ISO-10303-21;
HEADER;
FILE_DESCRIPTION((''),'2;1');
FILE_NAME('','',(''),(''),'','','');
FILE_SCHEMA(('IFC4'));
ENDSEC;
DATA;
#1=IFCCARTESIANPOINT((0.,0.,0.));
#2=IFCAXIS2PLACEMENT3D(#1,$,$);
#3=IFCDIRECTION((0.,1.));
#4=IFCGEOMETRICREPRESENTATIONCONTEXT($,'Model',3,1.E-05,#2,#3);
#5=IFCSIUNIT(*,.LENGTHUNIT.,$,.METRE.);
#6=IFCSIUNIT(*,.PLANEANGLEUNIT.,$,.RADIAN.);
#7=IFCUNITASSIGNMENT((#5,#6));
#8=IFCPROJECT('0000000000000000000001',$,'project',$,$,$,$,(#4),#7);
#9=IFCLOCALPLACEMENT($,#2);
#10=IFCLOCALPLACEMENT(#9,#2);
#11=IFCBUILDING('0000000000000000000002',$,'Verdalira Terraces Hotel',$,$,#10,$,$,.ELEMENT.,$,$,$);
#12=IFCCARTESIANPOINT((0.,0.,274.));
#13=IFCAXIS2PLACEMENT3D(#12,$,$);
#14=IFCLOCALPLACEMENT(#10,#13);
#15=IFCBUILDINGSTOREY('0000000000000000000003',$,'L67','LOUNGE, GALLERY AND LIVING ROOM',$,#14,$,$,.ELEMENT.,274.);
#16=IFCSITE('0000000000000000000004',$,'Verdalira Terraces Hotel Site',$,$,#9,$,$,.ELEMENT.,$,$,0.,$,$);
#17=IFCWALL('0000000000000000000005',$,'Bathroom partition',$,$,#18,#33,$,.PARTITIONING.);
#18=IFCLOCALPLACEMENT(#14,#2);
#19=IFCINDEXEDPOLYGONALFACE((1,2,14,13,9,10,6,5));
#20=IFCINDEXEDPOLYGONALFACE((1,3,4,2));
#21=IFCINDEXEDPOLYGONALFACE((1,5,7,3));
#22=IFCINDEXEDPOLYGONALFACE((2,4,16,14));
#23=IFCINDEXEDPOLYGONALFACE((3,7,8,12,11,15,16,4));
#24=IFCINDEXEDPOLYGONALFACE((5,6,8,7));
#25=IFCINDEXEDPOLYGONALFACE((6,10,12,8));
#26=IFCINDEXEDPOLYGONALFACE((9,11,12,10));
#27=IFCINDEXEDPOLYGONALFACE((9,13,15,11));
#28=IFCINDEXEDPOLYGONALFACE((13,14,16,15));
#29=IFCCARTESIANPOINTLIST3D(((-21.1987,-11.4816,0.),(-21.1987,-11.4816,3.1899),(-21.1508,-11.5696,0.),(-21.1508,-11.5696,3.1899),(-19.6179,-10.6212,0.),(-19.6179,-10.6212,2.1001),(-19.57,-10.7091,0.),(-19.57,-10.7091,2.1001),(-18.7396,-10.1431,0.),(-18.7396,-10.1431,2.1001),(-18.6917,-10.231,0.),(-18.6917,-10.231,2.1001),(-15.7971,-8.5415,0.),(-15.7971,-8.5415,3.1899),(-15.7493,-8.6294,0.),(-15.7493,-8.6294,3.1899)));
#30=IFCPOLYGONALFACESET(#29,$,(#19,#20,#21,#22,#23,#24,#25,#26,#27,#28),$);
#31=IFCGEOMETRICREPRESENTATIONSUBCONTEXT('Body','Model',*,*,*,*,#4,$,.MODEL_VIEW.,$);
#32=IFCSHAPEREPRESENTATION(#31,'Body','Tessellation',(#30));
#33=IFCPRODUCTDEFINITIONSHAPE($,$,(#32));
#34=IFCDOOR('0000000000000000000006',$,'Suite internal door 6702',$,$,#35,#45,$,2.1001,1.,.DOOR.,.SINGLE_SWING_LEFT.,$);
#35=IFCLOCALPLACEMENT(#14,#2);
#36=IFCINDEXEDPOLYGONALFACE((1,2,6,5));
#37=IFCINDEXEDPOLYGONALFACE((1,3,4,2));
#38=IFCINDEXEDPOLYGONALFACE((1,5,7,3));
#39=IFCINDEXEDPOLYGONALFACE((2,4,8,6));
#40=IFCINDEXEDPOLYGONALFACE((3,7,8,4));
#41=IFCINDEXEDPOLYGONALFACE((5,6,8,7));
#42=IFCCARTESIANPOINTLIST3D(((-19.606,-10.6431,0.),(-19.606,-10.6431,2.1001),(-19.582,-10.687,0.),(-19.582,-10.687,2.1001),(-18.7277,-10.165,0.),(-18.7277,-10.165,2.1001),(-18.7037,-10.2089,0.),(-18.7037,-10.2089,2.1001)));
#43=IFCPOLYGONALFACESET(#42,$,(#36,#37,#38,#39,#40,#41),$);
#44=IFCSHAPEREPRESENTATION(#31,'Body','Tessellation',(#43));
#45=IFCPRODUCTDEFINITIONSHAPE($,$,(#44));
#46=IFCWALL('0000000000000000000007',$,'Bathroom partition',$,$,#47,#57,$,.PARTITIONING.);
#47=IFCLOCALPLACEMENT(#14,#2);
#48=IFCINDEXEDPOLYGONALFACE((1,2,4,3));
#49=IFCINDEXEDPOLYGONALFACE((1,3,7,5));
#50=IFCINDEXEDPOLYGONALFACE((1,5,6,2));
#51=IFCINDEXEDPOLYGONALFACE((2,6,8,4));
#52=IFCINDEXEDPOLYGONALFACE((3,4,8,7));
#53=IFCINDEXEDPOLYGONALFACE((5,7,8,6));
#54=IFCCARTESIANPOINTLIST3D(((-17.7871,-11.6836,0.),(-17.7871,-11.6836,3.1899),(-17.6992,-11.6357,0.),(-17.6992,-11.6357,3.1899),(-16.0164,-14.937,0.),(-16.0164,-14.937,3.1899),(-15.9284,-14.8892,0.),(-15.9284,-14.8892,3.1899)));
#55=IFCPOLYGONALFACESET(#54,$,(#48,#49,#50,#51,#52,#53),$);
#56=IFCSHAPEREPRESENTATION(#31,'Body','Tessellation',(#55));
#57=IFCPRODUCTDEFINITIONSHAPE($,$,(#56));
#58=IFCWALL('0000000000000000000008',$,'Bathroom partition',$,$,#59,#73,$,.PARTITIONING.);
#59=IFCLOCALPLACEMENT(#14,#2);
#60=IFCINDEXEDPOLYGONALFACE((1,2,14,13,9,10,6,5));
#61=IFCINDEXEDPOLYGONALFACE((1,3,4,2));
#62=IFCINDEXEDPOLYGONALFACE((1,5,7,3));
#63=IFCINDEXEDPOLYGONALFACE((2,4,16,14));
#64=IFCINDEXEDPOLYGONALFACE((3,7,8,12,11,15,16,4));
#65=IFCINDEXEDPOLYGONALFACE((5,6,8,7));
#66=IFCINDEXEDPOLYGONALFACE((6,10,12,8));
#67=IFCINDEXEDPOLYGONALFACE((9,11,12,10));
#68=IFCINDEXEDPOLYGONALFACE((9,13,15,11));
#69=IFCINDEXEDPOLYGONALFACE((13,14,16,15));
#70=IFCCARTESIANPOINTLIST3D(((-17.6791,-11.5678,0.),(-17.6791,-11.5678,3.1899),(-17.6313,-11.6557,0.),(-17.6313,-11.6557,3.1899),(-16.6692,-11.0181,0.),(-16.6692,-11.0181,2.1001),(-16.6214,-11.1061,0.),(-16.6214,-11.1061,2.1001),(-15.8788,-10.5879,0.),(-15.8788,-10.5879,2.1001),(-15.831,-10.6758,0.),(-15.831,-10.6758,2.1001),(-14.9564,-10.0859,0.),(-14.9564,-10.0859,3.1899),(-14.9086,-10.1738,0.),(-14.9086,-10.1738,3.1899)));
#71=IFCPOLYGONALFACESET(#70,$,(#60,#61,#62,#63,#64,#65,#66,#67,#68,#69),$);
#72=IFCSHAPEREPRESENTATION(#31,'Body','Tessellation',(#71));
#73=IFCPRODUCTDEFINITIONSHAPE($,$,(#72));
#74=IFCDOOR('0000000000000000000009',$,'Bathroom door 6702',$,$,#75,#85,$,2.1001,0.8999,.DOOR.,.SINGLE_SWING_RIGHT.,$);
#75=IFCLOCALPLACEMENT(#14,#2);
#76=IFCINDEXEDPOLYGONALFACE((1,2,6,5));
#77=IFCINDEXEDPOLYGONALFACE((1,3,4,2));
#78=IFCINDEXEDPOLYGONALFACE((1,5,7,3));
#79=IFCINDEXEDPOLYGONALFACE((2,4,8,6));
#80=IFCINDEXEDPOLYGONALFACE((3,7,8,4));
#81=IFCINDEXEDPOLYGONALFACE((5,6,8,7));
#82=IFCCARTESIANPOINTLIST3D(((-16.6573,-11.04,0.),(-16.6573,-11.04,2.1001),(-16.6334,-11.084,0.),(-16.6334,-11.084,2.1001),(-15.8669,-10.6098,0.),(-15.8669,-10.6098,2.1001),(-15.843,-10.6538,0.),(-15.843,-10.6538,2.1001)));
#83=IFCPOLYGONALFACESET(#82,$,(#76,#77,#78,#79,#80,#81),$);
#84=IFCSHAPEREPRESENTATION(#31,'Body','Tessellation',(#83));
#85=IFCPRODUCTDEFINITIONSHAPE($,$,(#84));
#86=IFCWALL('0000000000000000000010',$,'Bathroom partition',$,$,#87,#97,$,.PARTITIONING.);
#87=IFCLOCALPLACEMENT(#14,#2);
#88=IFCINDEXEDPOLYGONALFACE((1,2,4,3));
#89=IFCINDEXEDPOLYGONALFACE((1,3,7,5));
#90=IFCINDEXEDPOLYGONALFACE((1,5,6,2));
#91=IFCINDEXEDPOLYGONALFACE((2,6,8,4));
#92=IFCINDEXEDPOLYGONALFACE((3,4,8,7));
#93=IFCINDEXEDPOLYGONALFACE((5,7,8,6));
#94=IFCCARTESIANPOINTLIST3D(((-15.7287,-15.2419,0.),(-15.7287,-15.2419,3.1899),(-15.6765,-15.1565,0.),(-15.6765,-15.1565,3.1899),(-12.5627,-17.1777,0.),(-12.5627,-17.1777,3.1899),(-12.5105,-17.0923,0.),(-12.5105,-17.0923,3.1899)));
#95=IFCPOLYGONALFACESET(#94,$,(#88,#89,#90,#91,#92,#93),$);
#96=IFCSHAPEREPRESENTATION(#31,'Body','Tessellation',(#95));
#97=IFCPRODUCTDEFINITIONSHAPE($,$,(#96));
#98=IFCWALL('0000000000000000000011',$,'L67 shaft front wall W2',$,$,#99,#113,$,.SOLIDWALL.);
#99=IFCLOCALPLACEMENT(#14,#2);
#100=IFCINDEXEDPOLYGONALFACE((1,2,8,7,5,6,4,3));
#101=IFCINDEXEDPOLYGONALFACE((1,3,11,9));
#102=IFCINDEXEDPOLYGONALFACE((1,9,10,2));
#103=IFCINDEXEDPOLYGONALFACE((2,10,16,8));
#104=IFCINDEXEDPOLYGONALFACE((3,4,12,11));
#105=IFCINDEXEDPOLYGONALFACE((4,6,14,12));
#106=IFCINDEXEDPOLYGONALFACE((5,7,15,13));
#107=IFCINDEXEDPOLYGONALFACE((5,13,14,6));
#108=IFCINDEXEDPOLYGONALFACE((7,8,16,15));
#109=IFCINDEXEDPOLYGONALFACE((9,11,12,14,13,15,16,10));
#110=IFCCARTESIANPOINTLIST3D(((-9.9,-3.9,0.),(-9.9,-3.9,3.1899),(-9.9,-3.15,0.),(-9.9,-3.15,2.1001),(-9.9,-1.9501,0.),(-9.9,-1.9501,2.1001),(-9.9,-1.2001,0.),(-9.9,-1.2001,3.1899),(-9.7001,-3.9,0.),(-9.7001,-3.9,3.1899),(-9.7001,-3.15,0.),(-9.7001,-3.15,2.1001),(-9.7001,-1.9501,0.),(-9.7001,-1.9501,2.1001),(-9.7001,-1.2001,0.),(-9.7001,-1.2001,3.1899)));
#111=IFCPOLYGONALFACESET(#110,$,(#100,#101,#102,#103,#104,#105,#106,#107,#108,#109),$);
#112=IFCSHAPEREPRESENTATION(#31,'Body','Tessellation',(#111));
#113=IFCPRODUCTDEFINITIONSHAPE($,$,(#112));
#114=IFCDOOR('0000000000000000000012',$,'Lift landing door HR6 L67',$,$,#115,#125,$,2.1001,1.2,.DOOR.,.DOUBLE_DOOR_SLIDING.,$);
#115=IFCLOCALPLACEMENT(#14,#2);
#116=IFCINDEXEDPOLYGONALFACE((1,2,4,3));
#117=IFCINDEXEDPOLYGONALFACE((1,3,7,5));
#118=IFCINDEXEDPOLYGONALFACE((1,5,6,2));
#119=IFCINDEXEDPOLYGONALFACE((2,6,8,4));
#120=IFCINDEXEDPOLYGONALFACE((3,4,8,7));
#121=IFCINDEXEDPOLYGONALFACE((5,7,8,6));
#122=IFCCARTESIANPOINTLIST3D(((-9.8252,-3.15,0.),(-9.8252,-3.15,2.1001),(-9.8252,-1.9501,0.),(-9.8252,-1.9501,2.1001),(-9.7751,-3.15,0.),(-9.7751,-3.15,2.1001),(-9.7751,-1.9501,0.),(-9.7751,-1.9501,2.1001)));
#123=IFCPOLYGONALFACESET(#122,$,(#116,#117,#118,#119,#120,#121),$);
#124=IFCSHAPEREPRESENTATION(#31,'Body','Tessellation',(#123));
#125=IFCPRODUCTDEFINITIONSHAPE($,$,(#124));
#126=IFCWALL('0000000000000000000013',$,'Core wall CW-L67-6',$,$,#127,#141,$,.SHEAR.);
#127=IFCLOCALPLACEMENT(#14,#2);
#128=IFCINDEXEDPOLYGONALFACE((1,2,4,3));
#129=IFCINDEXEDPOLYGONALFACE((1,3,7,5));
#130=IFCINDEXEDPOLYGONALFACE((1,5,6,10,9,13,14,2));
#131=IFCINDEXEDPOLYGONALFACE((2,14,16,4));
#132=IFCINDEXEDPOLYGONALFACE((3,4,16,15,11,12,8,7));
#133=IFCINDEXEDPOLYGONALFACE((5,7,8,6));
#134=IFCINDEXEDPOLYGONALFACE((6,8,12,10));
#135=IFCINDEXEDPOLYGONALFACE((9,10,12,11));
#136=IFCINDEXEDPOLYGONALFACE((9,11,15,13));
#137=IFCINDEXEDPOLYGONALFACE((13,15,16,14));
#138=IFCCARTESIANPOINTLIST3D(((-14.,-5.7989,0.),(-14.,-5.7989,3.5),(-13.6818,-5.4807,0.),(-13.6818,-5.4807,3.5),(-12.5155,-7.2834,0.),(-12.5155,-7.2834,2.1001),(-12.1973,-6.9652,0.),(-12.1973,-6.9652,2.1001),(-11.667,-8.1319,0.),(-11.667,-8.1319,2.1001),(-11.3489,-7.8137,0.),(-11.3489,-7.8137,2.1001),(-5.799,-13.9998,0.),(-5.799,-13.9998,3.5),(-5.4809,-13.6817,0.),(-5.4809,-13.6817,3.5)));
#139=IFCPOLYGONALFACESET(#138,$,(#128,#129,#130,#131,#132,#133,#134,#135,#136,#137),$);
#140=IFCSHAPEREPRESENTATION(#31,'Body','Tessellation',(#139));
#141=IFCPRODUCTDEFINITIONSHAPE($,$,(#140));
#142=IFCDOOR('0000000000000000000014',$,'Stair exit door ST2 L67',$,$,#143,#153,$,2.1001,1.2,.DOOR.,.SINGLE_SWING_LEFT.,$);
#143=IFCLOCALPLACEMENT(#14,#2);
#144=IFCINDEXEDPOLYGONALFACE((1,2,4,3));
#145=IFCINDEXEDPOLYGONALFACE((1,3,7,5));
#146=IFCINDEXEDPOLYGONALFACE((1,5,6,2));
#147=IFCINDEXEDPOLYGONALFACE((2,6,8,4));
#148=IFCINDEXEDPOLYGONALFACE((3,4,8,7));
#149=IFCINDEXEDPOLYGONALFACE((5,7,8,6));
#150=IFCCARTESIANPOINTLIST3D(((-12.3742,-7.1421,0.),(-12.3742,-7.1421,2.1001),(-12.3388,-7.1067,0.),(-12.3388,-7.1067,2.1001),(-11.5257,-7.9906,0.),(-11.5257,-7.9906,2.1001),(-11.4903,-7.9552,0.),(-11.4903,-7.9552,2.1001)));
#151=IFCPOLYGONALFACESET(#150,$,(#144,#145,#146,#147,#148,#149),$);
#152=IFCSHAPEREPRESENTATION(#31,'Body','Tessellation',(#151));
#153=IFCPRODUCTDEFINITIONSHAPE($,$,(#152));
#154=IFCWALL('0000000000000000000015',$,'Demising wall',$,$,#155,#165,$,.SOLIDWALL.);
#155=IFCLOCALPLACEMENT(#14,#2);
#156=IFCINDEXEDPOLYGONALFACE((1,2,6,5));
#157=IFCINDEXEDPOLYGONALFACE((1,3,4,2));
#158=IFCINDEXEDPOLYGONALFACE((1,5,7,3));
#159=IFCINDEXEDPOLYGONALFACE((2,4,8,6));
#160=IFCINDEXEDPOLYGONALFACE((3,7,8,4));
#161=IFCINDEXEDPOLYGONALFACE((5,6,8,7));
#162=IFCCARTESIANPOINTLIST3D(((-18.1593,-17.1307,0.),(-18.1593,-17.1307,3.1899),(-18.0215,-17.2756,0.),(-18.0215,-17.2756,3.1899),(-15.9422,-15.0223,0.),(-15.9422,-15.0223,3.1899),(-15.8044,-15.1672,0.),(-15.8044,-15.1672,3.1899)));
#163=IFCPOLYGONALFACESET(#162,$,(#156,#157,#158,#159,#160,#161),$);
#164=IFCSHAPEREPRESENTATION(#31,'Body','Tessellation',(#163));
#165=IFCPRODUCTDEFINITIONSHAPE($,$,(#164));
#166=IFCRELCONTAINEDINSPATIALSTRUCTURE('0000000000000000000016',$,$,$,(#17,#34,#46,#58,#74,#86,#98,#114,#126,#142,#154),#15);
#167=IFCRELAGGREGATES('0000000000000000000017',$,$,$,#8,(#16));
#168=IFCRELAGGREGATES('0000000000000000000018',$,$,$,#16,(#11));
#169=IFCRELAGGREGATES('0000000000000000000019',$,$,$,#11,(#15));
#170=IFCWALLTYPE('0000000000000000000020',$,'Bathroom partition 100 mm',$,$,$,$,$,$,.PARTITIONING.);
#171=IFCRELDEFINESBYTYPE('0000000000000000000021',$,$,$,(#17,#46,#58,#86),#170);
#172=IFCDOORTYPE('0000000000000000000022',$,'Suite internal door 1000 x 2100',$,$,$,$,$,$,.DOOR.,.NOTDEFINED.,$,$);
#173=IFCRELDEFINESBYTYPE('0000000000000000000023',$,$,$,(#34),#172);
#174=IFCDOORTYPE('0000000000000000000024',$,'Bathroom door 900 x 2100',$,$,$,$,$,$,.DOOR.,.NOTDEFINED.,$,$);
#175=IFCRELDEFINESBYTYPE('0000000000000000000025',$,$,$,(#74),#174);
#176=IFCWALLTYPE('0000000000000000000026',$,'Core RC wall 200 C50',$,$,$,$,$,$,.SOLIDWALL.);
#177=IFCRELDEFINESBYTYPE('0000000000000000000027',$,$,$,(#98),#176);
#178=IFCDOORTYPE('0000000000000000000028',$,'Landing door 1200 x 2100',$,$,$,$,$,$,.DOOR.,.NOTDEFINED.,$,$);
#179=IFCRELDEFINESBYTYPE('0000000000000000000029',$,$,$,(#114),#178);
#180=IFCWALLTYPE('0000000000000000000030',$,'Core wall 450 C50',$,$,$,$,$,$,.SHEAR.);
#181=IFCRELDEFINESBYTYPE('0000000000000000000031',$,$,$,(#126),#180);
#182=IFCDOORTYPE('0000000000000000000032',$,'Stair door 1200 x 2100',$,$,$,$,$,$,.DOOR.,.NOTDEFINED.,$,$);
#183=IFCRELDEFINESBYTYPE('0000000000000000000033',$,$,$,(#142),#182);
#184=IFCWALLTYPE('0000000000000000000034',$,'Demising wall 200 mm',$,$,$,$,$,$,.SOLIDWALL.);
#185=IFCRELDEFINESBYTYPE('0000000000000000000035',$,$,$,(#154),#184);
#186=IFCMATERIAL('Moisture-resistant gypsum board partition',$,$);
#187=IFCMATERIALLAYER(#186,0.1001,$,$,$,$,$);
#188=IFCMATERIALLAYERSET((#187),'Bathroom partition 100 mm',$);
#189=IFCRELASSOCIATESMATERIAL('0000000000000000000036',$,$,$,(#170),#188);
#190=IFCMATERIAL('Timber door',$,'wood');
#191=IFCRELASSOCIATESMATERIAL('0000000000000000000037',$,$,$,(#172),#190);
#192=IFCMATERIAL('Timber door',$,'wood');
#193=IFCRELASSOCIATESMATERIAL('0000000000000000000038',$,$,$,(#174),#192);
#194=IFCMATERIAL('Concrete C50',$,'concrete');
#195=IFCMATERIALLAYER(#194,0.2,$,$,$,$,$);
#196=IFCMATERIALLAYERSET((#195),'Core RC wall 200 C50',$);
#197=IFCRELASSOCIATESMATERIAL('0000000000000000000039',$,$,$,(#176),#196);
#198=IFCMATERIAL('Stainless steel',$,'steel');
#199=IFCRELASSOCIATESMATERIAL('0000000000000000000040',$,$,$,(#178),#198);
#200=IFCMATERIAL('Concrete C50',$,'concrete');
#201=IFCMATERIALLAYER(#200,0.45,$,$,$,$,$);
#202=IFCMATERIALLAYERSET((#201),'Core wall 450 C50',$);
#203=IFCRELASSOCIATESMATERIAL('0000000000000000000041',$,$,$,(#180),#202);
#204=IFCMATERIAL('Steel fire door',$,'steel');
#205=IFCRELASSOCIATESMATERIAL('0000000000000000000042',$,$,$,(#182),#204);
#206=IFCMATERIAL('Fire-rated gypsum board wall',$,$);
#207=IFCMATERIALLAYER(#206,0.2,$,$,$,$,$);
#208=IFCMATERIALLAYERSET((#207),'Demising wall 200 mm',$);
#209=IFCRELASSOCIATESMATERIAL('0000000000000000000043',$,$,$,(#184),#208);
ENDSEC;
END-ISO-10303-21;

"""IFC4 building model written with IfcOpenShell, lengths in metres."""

from ifc_helpers import new_model, si_unit, direction, frame, frame_2d, origin, place, context, subcontext, project, spatial, rectangle, extrude, material, layer, layer_set, type_object, element, fill, save


model = new_model("IFC4")

# Units and contexts
model_context = context("Model", 3, precision=1e-05, world=origin(), true_north=direction((0.0, 1.0)))
body_context = subcontext(model_context, "Body", "Model", "MODEL_VIEW")
ifc_project = project(units=[si_unit("LENGTHUNIT", "METRE"), si_unit("PLANEANGLEUNIT", "RADIAN")], contexts=[model_context])

# Site, building, storey
site_placement = place(None, origin())
site = spatial("IfcSite", under=ifc_project, at=site_placement, Name="Verdalira Terraces Hotel Site", CompositionType="ELEMENT", RefElevation=0.0)
building_placement = place(site_placement, origin())
building = spatial("IfcBuilding", under=site, at=building_placement, Name="Verdalira Terraces Hotel", CompositionType="ELEMENT")
storey_placement = place(building_placement, frame((0.0, 0.0, 274.0)))
storey = spatial("IfcBuildingStorey", under=building, at=storey_placement, Name="L67", Description="LOUNGE, GALLERY AND LIVING ROOM", CompositionType="ELEMENT", Elevation=274.0)

# Wall, opening, door
ifc_material_1 = material(Name="Moisture-resistant gypsum board partition")
ifc_layer_1 = layer(ifc_material_1, 0.1001)
ifc_layer_set_1 = layer_set([ifc_layer_1], Name="Bathroom partition 100 mm")
wall_type_1 = type_object("IfcWallType", Name="Bathroom partition 100 mm", PredefinedType="PARTITIONING", material=ifc_layer_set_1)
wall_1_placement = place(storey_placement, frame((-15.7732, -8.5854, 0.0), z_axis=(0.0, 0.0, 1.0), x_axis=(-0.878315, -0.478082, 0.0)))
wall_1 = element("IfcWall", 1, at=wall_1_placement, inside=storey, type_object=wall_type_1, Name="Bathroom partition", PredefinedType="PARTITIONING", context=body_context, shape_type="SweptSolid", body=[
    extrude(rectangle(XDim=6.1499, YDim=0.1001, at=frame_2d((3.075, 0.0))), origin(), (0.0, 0.0, 1.0), 3.1899),
])
opening_1_placement = place(wall_1_placement, frame((3.3501, 0.0, 0.0)))
opening_1 = element("IfcOpeningElement", 2, at=opening_1_placement, cuts=wall_1, PredefinedType="OPENING", context=body_context, shape_type="SweptSolid", body=[
    extrude(rectangle(XDim=1.0, YDim=2.1001, at=frame_2d((0.5, 1.05))), frame((0.0, 0.0601, 0.0), z_axis=(0.0, -1.0, 0.0), x_axis=(1.0, 0.0, 0.0)), (0.0, 0.0, 1.0), 0.1201),
])
ifc_material_2 = material(Name="Timber door", Category="wood")
door_type_1 = type_object("IfcDoorType", Name="Suite internal door 1000 x 2100", OperationType="NOTDEFINED", PredefinedType="DOOR", material=ifc_material_2)
door_1_placement = place(opening_1_placement, origin())
door_1 = element("IfcDoor", 3, at=door_1_placement, inside=storey, type_object=door_type_1, Name="Suite internal door 6702", OperationType="SINGLE_SWING_LEFT", OverallHeight=2.1001, OverallWidth=1.0, PredefinedType="DOOR", context=body_context, shape_type="SweptSolid", body=[
    extrude(rectangle(XDim=1.0, YDim=2.1001, at=frame_2d((0.5, 1.05))), frame((0.0, 0.0249, 0.0), z_axis=(0.0, -1.0, 0.0), x_axis=(1.0, 0.0, 0.0)), (0.0, 0.0, 1.0), 0.05),
])
fill(opening_1, door_1)

# Wall
wall_2_placement = place(storey_placement, frame((-17.7432, -11.6597, 0.0), z_axis=(0.0, 0.0, 1.0), x_axis=(0.478053, -0.878331, 0.0)))
element("IfcWall", 4, at=wall_2_placement, inside=storey, type_object=wall_type_1, Name="Bathroom partition", PredefinedType="PARTITIONING", context=body_context, shape_type="SweptSolid", body=[
    extrude(rectangle(XDim=3.7041, YDim=0.1001, at=frame_2d((1.8521, 0.0))), origin(), (0.0, 0.0, 1.0), 3.1899),
])

# Wall, opening, door
wall_3_placement = place(storey_placement, frame((-14.9326, -10.1299, 0.0), z_axis=(0.0, 0.0, 1.0), x_axis=(-0.878323, -0.478068, 0.0)))
wall_3 = element("IfcWall", 5, at=wall_3_placement, inside=storey, type_object=wall_type_1, Name="Bathroom partition", PredefinedType="PARTITIONING", context=body_context, shape_type="SweptSolid", body=[
    extrude(rectangle(XDim=3.0999, YDim=0.1001, at=frame_2d((1.5498, 0.0))), origin(), (0.0, 0.0, 1.0), 3.1899),
])
opening_2_placement = place(wall_3_placement, frame((1.05, 0.0, 0.0)))
opening_2 = element("IfcOpeningElement", 6, at=opening_2_placement, cuts=wall_3, PredefinedType="OPENING", context=body_context, shape_type="SweptSolid", body=[
    extrude(rectangle(XDim=0.8999, YDim=2.1001, at=frame_2d((0.45, 1.05))), frame((0.0, 0.0601, 0.0), z_axis=(0.0, -1.0, 0.0), x_axis=(1.0, 0.0, 0.0)), (0.0, 0.0, 1.0), 0.1201),
])
ifc_material_3 = material(Name="Timber door", Category="wood")
door_type_2 = type_object("IfcDoorType", Name="Bathroom door 900 x 2100", OperationType="NOTDEFINED", PredefinedType="DOOR", material=ifc_material_3)
door_2_placement = place(opening_2_placement, origin())
door_2 = element("IfcDoor", 7, at=door_2_placement, inside=storey, type_object=door_type_2, Name="Bathroom door 6702", OperationType="SINGLE_SWING_RIGHT", OverallHeight=2.1001, OverallWidth=0.8999, PredefinedType="DOOR", context=body_context, shape_type="SweptSolid", body=[
    extrude(rectangle(XDim=0.8999, YDim=2.1001, at=frame_2d((0.45, 1.05))), frame((0.0, 0.0249, 0.0), z_axis=(0.0, -1.0, 0.0), x_axis=(1.0, 0.0, 0.0)), (0.0, 0.0, 1.0), 0.05),
])
fill(opening_2, door_2)

# Wall
wall_4_placement = place(storey_placement, frame((-15.7026, -15.1992, 0.0), z_axis=(0.0, 0.0, 1.0), x_axis=(0.853161, -0.521647, 0.0)))
element("IfcWall", 8, at=wall_4_placement, inside=storey, type_object=wall_type_1, Name="Bathroom partition", PredefinedType="PARTITIONING", context=body_context, shape_type="SweptSolid", body=[
    extrude(rectangle(XDim=3.7109, YDim=0.1001, at=frame_2d((1.8555, 0.0))), origin(), (0.0, 0.0, 1.0), 3.1899),
])

# Walls, openings, doors
ifc_material_4 = material(Name="Concrete C50", Category="concrete")
ifc_layer_2 = layer(ifc_material_4, 0.2)
ifc_layer_set_2 = layer_set([ifc_layer_2], Name="Core RC wall 200 C50")
wall_type_2 = type_object("IfcWallType", Name="Core RC wall 200 C50", PredefinedType="SOLIDWALL", material=ifc_layer_set_2)
wall_5_placement = place(storey_placement, frame((-9.8, -1.2, 0.0), z_axis=(0.0, 0.0, 1.0), x_axis=(0.0, -1.0, 0.0)))
wall_5 = element("IfcWall", 9, at=wall_5_placement, inside=storey, type_object=wall_type_2, Name="L67 shaft front wall W2", PredefinedType="SOLIDWALL", context=body_context, shape_type="SweptSolid", body=[
    extrude(rectangle(XDim=2.7, YDim=0.2, at=frame_2d((1.3501, 0.0))), origin(), (0.0, 0.0, 1.0), 3.1899),
])
opening_3_placement = place(wall_5_placement, frame((0.75, 0.0, 0.0)))
opening_3 = element("IfcOpeningElement", 10, at=opening_3_placement, cuts=wall_5, PredefinedType="OPENING", context=body_context, shape_type="SweptSolid", body=[
    extrude(rectangle(XDim=1.2, YDim=2.1001, at=frame_2d((0.6001, 1.05))), frame((0.0, 0.1099, 0.0), z_axis=(0.0, -1.0, 0.0), x_axis=(1.0, 0.0, 0.0)), (0.0, 0.0, 1.0), 0.22),
])
ifc_material_5 = material(Name="Stainless steel", Category="steel")
door_type_3 = type_object("IfcDoorType", Name="Landing door 1200 x 2100", OperationType="NOTDEFINED", PredefinedType="DOOR", material=ifc_material_5)
door_3_placement = place(opening_3_placement, origin())
door_3 = element("IfcDoor", 11, at=door_3_placement, inside=storey, type_object=door_type_3, Name="Lift landing door HR6 L67", OperationType="DOUBLE_DOOR_SLIDING", OverallHeight=2.1001, OverallWidth=1.2, PredefinedType="DOOR", context=body_context, shape_type="SweptSolid", body=[
    extrude(rectangle(XDim=1.2, YDim=2.1001, at=frame_2d((0.6001, 1.05))), frame((0.0, 0.0249, 0.0), z_axis=(0.0, -1.0, 0.0), x_axis=(1.0, 0.0, 0.0)), (0.0, 0.0, 1.0), 0.05),
])
fill(opening_3, door_3)
ifc_material_6 = material(Name="Concrete C50", Category="concrete")
ifc_layer_3 = layer(ifc_material_6, 0.45)
ifc_layer_set_3 = layer_set([ifc_layer_3], Name="Core wall 450 C50")
wall_type_3 = type_object("IfcWallType", Name="Core wall 450 C50", PredefinedType="SHEAR", material=ifc_layer_set_3)
wall_6_placement = place(storey_placement, frame((-13.8408, -5.6399, 0.0), z_axis=(0.0, 0.0, 1.0), x_axis=(0.707107, -0.707107, 0.0)))
wall_6 = element("IfcWall", 12, at=wall_6_placement, inside=storey, type_object=wall_type_3, Name="Core wall CW-L67-6", PredefinedType="SHEAR", context=body_context, shape_type="SweptSolid", body=[
    extrude(rectangle(XDim=11.5979, YDim=0.45, at=frame_2d((5.7988, 0.0))), origin(), (0.0, 0.0, 1.0), 3.5),
])
opening_4_placement = place(wall_6_placement, frame((2.0991, 0.0, 0.0)))
opening_4 = element("IfcOpeningElement", 13, at=opening_4_placement, cuts=wall_6, PredefinedType="OPENING", context=body_context, shape_type="SweptSolid", body=[
    extrude(rectangle(XDim=1.2, YDim=2.1001, at=frame_2d((0.6001, 1.05))), frame((0.0, 0.2349, 0.0), z_axis=(0.0, -1.0, 0.0), x_axis=(1.0, 0.0, 0.0)), (0.0, 0.0, 1.0), 0.47),
])
ifc_material_7 = material(Name="Steel fire door", Category="steel")
door_type_4 = type_object("IfcDoorType", Name="Stair door 1200 x 2100", OperationType="NOTDEFINED", PredefinedType="DOOR", material=ifc_material_7)
door_4_placement = place(opening_4_placement, origin())
door_4 = element("IfcDoor", 14, at=door_4_placement, inside=storey, type_object=door_type_4, Name="Stair exit door ST2 L67", OperationType="SINGLE_SWING_LEFT", OverallHeight=2.1001, OverallWidth=1.2, PredefinedType="DOOR", context=body_context, shape_type="SweptSolid", body=[
    extrude(rectangle(XDim=1.2, YDim=2.1001, at=frame_2d((0.6001, 1.05))), frame((0.0, 0.0249, 0.0), z_axis=(0.0, -1.0, 0.0), x_axis=(1.0, 0.0, 0.0)), (0.0, 0.0, 1.0), 0.05),
])
fill(opening_4, door_4)

# Wall
ifc_material_8 = material(Name="Fire-rated gypsum board wall")
ifc_layer_4 = layer(ifc_material_8, 0.2)
ifc_layer_set_4 = layer_set([ifc_layer_4], Name="Demising wall 200 mm")
wall_type_4 = type_object("IfcWallType", Name="Demising wall 200 mm", PredefinedType="SOLIDWALL", material=ifc_layer_set_4)
wall_7_placement = place(storey_placement, frame((-15.8733, -15.0947, 0.0), z_axis=(0.0, 0.0, 1.0), x_axis=(-0.724639, -0.689129, 0.0)))
element("IfcWall", 15, at=wall_7_placement, inside=storey, type_object=wall_type_4, Name="Demising wall", PredefinedType="SOLIDWALL", context=body_context, shape_type="SweptSolid", body=[
    extrude(rectangle(XDim=3.0596, YDim=0.2, at=frame_2d((1.5298, 0.0))), origin(), (0.0, 0.0, 1.0), 3.1899),
])

save(model, "model.ifc")
